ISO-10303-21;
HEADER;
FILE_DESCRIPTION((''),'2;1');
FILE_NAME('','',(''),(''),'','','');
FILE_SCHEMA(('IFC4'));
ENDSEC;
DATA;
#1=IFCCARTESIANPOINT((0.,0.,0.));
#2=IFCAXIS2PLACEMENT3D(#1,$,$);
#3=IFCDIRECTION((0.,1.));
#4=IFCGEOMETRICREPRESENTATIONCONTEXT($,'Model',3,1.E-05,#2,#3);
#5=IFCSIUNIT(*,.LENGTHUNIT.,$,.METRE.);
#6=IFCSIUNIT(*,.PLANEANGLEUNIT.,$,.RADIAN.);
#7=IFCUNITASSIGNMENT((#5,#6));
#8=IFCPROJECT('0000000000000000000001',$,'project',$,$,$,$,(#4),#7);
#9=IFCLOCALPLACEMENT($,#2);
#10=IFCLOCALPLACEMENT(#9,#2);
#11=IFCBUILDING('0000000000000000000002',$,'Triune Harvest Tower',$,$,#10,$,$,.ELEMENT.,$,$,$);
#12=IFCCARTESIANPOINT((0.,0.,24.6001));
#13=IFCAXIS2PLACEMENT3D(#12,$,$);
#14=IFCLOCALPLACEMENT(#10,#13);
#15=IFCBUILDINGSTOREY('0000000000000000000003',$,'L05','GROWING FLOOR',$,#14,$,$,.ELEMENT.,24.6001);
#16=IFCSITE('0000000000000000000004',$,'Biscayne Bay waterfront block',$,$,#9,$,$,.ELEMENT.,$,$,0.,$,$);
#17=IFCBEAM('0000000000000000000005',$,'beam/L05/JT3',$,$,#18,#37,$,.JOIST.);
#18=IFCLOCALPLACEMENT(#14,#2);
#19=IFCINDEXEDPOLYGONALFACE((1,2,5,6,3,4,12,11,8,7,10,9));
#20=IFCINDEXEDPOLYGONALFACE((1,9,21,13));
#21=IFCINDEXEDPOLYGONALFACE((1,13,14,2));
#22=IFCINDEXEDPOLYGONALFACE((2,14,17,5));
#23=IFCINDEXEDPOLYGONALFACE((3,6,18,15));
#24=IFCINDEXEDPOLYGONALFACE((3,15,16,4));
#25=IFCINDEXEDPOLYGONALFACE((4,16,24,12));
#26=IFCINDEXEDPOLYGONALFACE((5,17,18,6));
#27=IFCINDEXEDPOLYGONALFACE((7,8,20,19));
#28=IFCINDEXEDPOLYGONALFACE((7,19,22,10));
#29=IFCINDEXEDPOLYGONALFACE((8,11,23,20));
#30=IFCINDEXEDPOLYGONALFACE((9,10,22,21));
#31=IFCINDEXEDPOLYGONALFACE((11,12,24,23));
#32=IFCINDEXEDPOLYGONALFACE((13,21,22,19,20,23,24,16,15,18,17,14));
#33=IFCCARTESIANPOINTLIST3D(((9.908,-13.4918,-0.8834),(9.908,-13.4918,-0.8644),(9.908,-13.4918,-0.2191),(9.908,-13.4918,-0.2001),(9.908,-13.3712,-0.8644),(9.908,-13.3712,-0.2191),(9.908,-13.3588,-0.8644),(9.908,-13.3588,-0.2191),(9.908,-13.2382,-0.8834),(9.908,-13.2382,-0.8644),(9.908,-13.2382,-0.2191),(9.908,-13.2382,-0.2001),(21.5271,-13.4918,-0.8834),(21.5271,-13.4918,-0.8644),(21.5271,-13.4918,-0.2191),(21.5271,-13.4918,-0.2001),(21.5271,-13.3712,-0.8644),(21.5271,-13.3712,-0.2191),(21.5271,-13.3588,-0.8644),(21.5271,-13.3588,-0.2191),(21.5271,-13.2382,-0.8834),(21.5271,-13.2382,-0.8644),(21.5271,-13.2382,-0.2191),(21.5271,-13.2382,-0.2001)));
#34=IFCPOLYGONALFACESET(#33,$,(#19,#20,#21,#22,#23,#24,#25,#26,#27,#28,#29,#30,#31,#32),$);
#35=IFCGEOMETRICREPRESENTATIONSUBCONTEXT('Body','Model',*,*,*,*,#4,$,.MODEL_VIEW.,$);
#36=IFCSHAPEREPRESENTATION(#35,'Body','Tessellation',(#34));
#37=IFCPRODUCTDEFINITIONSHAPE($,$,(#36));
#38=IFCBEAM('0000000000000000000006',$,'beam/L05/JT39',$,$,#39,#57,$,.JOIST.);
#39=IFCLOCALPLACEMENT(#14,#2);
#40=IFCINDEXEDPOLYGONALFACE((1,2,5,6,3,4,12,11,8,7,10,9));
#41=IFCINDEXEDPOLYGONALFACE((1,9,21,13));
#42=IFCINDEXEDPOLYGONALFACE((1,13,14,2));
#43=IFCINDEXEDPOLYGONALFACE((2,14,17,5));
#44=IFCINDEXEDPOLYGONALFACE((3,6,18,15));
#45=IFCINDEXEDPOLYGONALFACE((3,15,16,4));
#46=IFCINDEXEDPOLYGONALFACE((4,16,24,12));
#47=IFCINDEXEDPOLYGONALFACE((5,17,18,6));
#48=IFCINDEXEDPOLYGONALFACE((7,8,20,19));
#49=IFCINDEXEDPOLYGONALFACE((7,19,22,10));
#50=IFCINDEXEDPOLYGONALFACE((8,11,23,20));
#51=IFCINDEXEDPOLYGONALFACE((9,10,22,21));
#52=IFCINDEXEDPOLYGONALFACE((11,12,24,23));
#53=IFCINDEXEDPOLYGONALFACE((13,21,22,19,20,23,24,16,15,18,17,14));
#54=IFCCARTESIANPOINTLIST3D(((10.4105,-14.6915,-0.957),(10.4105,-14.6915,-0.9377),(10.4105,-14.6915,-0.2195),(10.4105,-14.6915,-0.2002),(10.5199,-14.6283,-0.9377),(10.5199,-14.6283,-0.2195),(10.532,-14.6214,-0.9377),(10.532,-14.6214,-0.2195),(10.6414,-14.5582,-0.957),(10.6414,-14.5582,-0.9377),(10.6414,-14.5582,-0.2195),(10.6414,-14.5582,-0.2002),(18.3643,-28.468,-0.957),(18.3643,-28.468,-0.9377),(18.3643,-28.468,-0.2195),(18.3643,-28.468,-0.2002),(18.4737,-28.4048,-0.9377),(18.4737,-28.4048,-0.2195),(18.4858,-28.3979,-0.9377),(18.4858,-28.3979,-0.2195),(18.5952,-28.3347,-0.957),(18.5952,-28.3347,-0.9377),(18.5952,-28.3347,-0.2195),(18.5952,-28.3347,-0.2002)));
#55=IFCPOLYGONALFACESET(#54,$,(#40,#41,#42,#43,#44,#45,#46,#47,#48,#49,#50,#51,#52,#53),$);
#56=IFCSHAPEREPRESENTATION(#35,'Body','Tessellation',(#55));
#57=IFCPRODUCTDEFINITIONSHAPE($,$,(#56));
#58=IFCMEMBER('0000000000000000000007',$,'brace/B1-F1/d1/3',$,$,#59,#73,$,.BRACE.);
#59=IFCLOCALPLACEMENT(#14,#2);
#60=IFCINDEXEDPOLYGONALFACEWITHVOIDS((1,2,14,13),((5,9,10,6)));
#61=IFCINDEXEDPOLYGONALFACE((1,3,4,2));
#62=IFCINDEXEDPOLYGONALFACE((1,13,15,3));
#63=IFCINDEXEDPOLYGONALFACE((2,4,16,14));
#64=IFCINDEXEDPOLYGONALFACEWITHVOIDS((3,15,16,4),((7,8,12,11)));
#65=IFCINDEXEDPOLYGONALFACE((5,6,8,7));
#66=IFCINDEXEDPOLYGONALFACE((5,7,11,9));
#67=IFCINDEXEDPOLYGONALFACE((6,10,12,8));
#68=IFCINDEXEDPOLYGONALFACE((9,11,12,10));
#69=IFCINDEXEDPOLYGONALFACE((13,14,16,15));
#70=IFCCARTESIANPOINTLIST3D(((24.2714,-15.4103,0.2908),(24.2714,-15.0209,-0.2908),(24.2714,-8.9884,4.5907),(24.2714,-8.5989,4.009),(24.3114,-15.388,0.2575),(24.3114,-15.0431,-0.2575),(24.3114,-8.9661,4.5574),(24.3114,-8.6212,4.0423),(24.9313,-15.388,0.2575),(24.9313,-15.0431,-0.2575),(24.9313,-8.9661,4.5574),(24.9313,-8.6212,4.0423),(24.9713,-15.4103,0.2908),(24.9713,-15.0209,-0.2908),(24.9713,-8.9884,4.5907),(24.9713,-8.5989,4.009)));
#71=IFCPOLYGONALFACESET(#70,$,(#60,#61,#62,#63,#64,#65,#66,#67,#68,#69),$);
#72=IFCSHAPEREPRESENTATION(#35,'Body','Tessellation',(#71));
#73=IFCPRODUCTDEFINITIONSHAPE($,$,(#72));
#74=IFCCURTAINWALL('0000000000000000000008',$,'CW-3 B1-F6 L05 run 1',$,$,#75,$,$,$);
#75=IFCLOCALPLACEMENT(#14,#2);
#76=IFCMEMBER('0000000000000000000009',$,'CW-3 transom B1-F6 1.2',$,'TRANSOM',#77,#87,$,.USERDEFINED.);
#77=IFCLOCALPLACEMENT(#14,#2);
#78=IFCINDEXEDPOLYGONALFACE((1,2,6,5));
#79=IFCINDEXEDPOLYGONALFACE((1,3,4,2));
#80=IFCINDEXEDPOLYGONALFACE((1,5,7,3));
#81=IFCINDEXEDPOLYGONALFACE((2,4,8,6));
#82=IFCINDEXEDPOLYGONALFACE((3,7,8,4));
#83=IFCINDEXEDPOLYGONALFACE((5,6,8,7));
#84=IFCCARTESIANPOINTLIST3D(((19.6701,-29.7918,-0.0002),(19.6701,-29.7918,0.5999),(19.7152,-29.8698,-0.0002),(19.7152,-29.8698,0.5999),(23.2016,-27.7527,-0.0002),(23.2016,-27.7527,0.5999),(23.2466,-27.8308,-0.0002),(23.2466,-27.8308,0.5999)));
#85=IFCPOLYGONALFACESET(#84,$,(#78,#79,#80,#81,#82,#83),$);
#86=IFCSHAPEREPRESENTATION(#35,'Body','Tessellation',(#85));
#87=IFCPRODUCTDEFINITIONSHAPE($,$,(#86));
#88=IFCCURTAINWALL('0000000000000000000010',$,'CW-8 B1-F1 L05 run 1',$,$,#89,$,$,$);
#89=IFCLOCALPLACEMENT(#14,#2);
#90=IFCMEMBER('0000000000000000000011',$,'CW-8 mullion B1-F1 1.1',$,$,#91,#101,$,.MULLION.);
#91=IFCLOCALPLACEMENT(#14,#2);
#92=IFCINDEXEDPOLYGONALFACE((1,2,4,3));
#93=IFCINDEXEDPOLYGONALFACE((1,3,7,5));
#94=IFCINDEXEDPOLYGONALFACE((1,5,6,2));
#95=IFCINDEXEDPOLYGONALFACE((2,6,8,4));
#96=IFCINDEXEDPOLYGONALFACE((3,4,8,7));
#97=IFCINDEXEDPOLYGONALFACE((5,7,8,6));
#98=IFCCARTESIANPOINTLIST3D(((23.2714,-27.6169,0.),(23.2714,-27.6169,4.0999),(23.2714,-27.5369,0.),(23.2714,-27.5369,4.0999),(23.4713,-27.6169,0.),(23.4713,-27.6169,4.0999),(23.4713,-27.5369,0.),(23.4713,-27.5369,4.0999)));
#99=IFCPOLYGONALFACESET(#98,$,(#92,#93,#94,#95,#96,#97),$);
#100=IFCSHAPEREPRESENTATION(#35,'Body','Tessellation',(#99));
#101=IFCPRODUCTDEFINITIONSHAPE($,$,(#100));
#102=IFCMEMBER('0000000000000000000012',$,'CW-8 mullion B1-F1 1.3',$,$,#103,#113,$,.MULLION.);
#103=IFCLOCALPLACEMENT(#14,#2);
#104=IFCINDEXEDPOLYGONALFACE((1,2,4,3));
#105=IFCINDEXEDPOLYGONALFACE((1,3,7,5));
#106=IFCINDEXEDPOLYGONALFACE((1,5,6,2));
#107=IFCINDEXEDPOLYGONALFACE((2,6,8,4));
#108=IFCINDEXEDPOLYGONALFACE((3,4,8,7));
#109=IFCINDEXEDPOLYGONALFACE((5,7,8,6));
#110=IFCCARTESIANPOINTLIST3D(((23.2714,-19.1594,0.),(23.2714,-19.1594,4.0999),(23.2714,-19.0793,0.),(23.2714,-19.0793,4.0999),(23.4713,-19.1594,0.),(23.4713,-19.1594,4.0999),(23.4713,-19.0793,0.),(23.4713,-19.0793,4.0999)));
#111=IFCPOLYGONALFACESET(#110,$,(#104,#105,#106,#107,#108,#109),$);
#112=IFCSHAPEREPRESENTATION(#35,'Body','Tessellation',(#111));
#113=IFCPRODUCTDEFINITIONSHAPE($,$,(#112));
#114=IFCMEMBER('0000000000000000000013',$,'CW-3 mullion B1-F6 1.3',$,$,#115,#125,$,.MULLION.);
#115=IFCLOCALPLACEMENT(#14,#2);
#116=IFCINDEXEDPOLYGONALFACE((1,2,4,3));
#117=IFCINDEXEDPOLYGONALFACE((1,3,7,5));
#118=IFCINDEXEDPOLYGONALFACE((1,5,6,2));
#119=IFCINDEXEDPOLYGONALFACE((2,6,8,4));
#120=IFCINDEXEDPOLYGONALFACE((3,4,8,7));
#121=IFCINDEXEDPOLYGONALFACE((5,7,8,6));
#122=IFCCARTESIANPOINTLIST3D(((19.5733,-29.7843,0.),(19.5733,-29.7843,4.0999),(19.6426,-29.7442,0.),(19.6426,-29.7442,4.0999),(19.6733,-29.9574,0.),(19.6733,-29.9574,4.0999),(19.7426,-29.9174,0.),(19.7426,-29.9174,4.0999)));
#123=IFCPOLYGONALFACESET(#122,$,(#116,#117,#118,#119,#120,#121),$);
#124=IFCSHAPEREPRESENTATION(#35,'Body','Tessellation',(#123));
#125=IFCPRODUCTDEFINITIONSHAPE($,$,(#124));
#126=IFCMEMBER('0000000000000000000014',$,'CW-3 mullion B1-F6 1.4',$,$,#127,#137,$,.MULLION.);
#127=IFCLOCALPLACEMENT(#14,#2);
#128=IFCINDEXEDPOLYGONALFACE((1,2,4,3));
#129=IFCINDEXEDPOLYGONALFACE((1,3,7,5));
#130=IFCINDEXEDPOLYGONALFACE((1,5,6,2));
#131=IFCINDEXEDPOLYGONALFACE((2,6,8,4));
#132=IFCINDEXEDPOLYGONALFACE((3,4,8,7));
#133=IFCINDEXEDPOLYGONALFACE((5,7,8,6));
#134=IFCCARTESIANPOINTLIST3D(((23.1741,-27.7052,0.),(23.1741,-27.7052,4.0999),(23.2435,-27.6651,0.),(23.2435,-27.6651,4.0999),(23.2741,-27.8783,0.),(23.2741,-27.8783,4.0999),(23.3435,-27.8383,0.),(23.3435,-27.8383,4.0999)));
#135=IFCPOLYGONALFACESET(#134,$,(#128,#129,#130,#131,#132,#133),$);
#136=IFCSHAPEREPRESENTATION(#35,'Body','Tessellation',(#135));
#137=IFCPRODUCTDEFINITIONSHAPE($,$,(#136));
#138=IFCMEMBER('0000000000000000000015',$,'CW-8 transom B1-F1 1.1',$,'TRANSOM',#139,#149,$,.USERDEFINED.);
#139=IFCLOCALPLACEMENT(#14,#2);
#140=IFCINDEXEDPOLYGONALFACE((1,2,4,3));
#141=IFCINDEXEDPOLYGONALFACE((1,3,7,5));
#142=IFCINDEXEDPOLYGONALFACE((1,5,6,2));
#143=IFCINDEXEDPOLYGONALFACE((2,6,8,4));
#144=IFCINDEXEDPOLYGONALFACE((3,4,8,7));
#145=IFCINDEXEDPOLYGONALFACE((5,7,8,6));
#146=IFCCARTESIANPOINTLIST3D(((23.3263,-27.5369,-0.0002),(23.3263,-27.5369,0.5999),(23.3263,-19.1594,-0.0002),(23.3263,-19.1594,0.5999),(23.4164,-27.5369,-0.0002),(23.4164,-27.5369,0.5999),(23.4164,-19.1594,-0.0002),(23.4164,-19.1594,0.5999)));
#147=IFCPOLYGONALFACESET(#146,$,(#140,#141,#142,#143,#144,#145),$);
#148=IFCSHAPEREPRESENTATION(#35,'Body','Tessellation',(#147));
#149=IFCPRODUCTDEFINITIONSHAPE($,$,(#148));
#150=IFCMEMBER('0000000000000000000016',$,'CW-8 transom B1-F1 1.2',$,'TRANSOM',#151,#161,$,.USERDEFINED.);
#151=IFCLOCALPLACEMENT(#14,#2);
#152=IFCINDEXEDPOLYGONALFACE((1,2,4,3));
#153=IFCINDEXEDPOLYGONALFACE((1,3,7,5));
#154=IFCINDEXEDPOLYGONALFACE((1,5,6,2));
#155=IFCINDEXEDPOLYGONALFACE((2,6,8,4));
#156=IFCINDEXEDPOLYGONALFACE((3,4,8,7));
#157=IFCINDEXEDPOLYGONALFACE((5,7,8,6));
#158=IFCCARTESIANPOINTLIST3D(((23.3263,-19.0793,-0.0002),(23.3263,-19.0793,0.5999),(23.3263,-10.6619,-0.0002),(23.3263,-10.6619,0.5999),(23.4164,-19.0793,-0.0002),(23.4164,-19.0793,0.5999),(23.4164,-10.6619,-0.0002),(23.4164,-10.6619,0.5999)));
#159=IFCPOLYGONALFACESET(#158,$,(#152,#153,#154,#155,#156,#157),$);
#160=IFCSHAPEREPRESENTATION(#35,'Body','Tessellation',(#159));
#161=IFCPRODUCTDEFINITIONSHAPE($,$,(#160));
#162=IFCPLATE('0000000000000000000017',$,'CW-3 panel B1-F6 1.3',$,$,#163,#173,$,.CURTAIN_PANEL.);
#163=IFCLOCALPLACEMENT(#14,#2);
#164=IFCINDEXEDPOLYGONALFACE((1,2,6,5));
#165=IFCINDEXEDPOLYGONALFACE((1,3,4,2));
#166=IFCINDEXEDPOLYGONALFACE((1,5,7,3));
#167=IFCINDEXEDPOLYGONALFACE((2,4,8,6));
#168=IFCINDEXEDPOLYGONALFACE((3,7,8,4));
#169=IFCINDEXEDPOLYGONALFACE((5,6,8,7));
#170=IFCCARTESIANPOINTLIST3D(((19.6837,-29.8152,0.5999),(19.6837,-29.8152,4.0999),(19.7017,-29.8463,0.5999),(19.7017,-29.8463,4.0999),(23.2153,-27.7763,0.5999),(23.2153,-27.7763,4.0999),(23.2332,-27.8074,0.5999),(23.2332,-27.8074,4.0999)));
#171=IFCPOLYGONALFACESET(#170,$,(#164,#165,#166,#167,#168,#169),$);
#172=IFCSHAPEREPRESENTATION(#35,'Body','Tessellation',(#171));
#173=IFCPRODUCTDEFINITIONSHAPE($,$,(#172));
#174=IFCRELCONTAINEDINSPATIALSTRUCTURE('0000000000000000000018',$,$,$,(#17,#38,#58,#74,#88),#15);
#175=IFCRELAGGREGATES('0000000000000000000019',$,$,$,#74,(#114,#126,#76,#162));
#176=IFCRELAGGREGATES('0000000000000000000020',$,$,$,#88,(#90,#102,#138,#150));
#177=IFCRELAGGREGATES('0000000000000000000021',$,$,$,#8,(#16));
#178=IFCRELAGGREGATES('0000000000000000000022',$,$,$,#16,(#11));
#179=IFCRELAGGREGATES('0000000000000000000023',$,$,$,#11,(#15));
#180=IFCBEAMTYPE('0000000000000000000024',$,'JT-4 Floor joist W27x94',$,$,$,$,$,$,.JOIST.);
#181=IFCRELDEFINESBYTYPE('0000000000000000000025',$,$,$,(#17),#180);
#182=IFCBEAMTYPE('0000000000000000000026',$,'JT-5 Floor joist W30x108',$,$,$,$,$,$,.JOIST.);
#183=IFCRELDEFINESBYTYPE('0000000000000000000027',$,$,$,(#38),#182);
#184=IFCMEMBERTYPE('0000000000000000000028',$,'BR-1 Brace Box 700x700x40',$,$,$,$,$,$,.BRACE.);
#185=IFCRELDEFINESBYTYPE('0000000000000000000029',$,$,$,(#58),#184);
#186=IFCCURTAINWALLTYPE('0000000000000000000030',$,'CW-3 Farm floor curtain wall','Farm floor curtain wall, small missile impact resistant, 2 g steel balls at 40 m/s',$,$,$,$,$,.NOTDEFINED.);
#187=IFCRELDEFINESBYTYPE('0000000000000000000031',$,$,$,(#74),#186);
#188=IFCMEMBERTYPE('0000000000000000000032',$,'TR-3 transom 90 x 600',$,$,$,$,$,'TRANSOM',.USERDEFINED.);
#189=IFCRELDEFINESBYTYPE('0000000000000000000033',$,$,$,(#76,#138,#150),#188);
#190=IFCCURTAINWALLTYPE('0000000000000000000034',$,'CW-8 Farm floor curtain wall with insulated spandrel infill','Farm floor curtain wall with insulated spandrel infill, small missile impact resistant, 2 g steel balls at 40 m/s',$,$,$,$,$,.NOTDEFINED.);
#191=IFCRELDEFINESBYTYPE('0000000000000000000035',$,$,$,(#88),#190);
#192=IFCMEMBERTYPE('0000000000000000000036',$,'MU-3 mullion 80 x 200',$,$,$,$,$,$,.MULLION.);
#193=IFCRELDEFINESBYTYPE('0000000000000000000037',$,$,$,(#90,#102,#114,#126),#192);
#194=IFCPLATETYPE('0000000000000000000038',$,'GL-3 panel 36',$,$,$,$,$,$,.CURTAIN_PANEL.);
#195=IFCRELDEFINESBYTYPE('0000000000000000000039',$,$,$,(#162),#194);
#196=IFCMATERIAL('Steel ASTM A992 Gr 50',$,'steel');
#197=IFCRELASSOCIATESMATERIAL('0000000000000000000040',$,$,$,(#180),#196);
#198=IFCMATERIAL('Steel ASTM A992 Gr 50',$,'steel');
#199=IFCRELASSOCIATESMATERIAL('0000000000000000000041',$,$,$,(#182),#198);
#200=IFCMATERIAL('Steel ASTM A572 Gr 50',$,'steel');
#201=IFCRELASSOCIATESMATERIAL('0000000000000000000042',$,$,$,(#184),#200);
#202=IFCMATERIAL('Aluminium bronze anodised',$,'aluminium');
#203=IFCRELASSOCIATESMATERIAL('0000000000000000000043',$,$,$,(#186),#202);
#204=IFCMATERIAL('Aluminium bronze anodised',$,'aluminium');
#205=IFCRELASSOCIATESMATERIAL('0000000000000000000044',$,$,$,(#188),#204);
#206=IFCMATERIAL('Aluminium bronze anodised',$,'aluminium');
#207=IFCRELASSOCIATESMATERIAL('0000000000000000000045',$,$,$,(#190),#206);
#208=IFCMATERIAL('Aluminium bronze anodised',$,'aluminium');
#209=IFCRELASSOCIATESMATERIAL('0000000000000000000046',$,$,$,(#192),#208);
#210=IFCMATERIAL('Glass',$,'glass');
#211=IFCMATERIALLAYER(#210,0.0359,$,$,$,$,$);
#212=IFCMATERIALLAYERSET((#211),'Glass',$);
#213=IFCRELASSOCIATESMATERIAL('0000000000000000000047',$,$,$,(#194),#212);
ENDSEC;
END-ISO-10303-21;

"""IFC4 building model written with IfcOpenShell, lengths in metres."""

from ifc_helpers import new_model, si_unit, direction, frame, origin, origin_2d, place, context, subcontext, project, spatial, rectangle, hollow_rectangle, i_section, extrude, source, transform, mapped, material, layer, layer_set, material_profile, profile_set, type_object, element, aggregate, save


model = new_model("IFC4")

# Units and contexts
model_context = context("Model", 3, precision=1e-05, world=origin(), true_north=direction((0.0, 1.0)))
body_context = subcontext(model_context, "Body", "Model", "MODEL_VIEW")
ifc_project = project(units=[si_unit("LENGTHUNIT", "METRE"), si_unit("PLANEANGLEUNIT", "RADIAN")], contexts=[model_context])

# Site, building, storey
site_placement = place(None, origin())
site = spatial("IfcSite", under=ifc_project, at=site_placement, Name="Biscayne Bay waterfront block", CompositionType="ELEMENT", RefElevation=0.0)
building_placement = place(site_placement, origin())
building = spatial("IfcBuilding", under=site, at=building_placement, Name="Triune Harvest Tower", CompositionType="ELEMENT")
storey_placement = place(building_placement, frame((0.0, 0.0, 24.6001)))
storey = spatial("IfcBuildingStorey", under=building, at=storey_placement, Name="L05", Description="GROWING FLOOR", CompositionType="ELEMENT", Elevation=24.6001)

# Beams
ifc_material_1 = material(Name="Steel ASTM A992 Gr 50", Category="steel")
ifc_material_profile_1 = material_profile(ifc_material_1, i_section(OverallWidth=0.2537, OverallDepth=0.6833, WebThickness=0.0125, FlangeThickness=0.019, at=origin_2d()), Name="W27x94")
ifc_profile_set_1 = profile_set([ifc_material_profile_1], Name="Steel ASTM A992 Gr 50")
beam_type_1 = type_object("IfcBeamType", Name="JT-4 Floor joist W27x94", PredefinedType="JOIST", material=ifc_profile_set_1)
shared_shape_1 = source(origin(), body_context, "Body", "SweptSolid", [
    extrude(i_section(OverallWidth=0.2537, OverallDepth=0.6833, WebThickness=0.0125, FlangeThickness=0.019, at=origin_2d()), origin(), (0.0, 0.0, 1.0), 11.6191),
])
beam_1_placement = place(storey_placement, frame((21.5271, -13.365, -0.5417), z_axis=(-1.0, 0.0, 0.0), x_axis=(0.0, -1.0, 0.0)))
element("IfcBeam", 1, at=beam_1_placement, inside=storey, type_object=beam_type_1, Name="beam/L05/JT3", PredefinedType="JOIST", context=body_context, shape_type="MappedRepresentation", body=[
    mapped(shared_shape_1, transform((0.0, 0.0, 0.0), scale=1.0)),
])
ifc_material_2 = material(Name="Steel ASTM A992 Gr 50", Category="steel")
ifc_material_profile_2 = material_profile(ifc_material_2, i_section(OverallWidth=0.2666, OverallDepth=0.7568, WebThickness=0.0139, FlangeThickness=0.0193, at=origin_2d()), Name="W30x108")
ifc_profile_set_2 = profile_set([ifc_material_profile_2], Name="Steel ASTM A992 Gr 50")
beam_type_2 = type_object("IfcBeamType", Name="JT-5 Floor joist W30x108", PredefinedType="JOIST", material=ifc_profile_set_2)
shared_shape_2 = source(origin(), body_context, "Body", "SweptSolid", [
    extrude(i_section(OverallWidth=0.2666, OverallDepth=0.7568, WebThickness=0.0139, FlangeThickness=0.0193, at=origin_2d()), origin(), (0.0, 0.0, 1.0), 15.9077),
])
beam_2_placement = place(storey_placement, frame((18.4797, -28.4014, -0.5786), z_axis=(-0.499997, 0.866027, 0.0), x_axis=(-0.866027, -0.499997, 0.0)))
element("IfcBeam", 2, at=beam_2_placement, inside=storey, type_object=beam_type_2, Name="beam/L05/JT39", PredefinedType="JOIST", context=body_context, shape_type="MappedRepresentation", body=[
    mapped(shared_shape_2, transform((0.0, 0.0, 0.0), scale=1.0)),
])

# Member
ifc_material_3 = material(Name="Steel ASTM A572 Gr 50", Category="steel")
ifc_material_profile_3 = material_profile(ifc_material_3, hollow_rectangle(XDim=0.7, YDim=0.7, WallThickness=0.04, at=origin_2d()), Name="Box 700x700x40")
ifc_profile_set_3 = profile_set([ifc_material_profile_3], Name="Steel ASTM A572 Gr 50")
member_type_1 = type_object("IfcMemberType", Name="BR-1 Brace Box 700x700x40", PredefinedType="BRACE", material=ifc_profile_set_3)
shared_shape_3 = source(origin(), body_context, "Body", "SweptSolid", [
    extrude(hollow_rectangle(XDim=0.7, YDim=0.7, WallThickness=0.04, at=origin_2d()), origin(), (0.0, 0.0, 1.0), 7.7285),
])
member_1_placement = place(storey_placement, frame((24.6213, -15.2156, 0.0), z_axis=(0.0, 0.830941, 0.556361), x_axis=(-1.0, 0.0, 0.0)))
element("IfcMember", 3, at=member_1_placement, inside=storey, type_object=member_type_1, Name="brace/B1-F1/d1/3", PredefinedType="BRACE", context=body_context, shape_type="MappedRepresentation", body=[
    mapped(shared_shape_3, transform((0.0, 0.0, 0.0), scale=1.0)),
])

# Curtain wall, member
ifc_material_4 = material(Name="Aluminium bronze anodised", Category="aluminium")
curtain_wall_type_1 = type_object("IfcCurtainWallType", Name="CW-3 Farm floor curtain wall", Description="Farm floor curtain wall, small missile impact resistant, 2 g steel balls at 40 m/s", PredefinedType="NOTDEFINED", material=ifc_material_4)
curtain_wall_1_placement = place(storey_placement, origin())
curtain_wall_1 = element("IfcCurtainWall", 4, at=curtain_wall_1_placement, inside=storey, type_object=curtain_wall_type_1, Name="CW-3 B1-F6 L05 run 1")
ifc_material_5 = material(Name="Aluminium bronze anodised", Category="aluminium")
ifc_material_profile_4 = material_profile(ifc_material_5, rectangle(XDim=0.0901, YDim=0.6001, at=origin_2d()), Name="TR-3 transom 90 x 600")
ifc_profile_set_4 = profile_set([ifc_material_profile_4], Name="Aluminium bronze anodised")
member_type_2 = type_object("IfcMemberType", Name="TR-3 transom 90 x 600", ElementType="TRANSOM", PredefinedType="USERDEFINED", material=ifc_profile_set_4)
shared_shape_4 = source(origin(), body_context, "Body", "SweptSolid", [
    extrude(rectangle(XDim=0.0901, YDim=0.6001, at=origin_2d()), origin(), (0.0, 0.0, 1.0), 4.0779),
])
member_2_placement = place(storey_placement, frame((19.6926, -29.8308, 0.2998), z_axis=(0.866009, 0.500028, 0.0), x_axis=(-0.500028, 0.866009, 0.0)))
member_2 = element("IfcMember", 5, at=member_2_placement, type_object=member_type_2, Name="CW-3 transom B1-F6 1.2", ObjectType="TRANSOM", PredefinedType="USERDEFINED", context=body_context, shape_type="MappedRepresentation", body=[
    mapped(shared_shape_4, transform((0.0, 0.0, 0.0), scale=1.0)),
])

# Curtain wall, members
ifc_material_6 = material(Name="Aluminium bronze anodised", Category="aluminium")
curtain_wall_type_2 = type_object("IfcCurtainWallType", Name="CW-8 Farm floor curtain wall with insulated spandrel infill", Description="Farm floor curtain wall with insulated spandrel infill, small missile impact resistant, 2 g steel balls at 40 m/s", PredefinedType="NOTDEFINED", material=ifc_material_6)
curtain_wall_2_placement = place(storey_placement, origin())
curtain_wall_2 = element("IfcCurtainWall", 6, at=curtain_wall_2_placement, inside=storey, type_object=curtain_wall_type_2, Name="CW-8 B1-F1 L05 run 1")
ifc_material_7 = material(Name="Aluminium bronze anodised", Category="aluminium")
ifc_material_profile_5 = material_profile(ifc_material_7, rectangle(XDim=0.2, YDim=0.0801, at=origin_2d()), Name="MU-3 mullion 80 x 200")
ifc_profile_set_5 = profile_set([ifc_material_profile_5], Name="Aluminium bronze anodised")
member_type_3 = type_object("IfcMemberType", Name="MU-3 mullion 80 x 200", PredefinedType="MULLION", material=ifc_profile_set_5)
shared_shape_5 = source(origin(), body_context, "Body", "SweptSolid", [
    extrude(rectangle(XDim=0.2, YDim=0.0801, at=origin_2d()), origin(), (0.0, 0.0, 1.0), 4.0999),
])
member_3_placement = place(storey_placement, frame((23.3713, -27.5769, 0.0), z_axis=(0.0, 0.0, 1.0), x_axis=(-1.0, 0.0, 0.0)))
member_3 = element("IfcMember", 7, at=member_3_placement, type_object=member_type_3, Name="CW-8 mullion B1-F1 1.1", PredefinedType="MULLION", context=body_context, shape_type="MappedRepresentation", body=[
    mapped(shared_shape_5, transform((0.0, 0.0, 0.0), scale=1.0)),
])
member_4_placement = place(storey_placement, frame((23.3713, -19.1194, 0.0), z_axis=(0.0, 0.0, 1.0), x_axis=(-1.0, 0.0, 0.0)))
member_4 = element("IfcMember", 8, at=member_4_placement, type_object=member_type_3, Name="CW-8 mullion B1-F1 1.3", PredefinedType="MULLION", context=body_context, shape_type="MappedRepresentation", body=[
    mapped(shared_shape_5, transform((0.0, 0.0, 0.0), scale=1.0)),
])

# Members
member_5_placement = place(storey_placement, frame((19.658, -29.8508, 0.0), z_axis=(0.0, 0.0, 1.0), x_axis=(-0.499999, 0.866026, 0.0)))
member_5 = element("IfcMember", 9, at=member_5_placement, type_object=member_type_3, Name="CW-3 mullion B1-F6 1.3", PredefinedType="MULLION", context=body_context, shape_type="MappedRepresentation", body=[
    mapped(shared_shape_5, transform((0.0, 0.0, 0.0), scale=1.0)),
])
member_6_placement = place(storey_placement, frame((23.2588, -27.7717, 0.0), z_axis=(0.0, 0.0, 1.0), x_axis=(-0.499999, 0.866026, 0.0)))
member_6 = element("IfcMember", 10, at=member_6_placement, type_object=member_type_3, Name="CW-3 mullion B1-F6 1.4", PredefinedType="MULLION", context=body_context, shape_type="MappedRepresentation", body=[
    mapped(shared_shape_5, transform((0.0, 0.0, 0.0), scale=1.0)),
])
shared_shape_6 = source(origin(), body_context, "Body", "SweptSolid", [
    extrude(rectangle(XDim=0.0901, YDim=0.6001, at=origin_2d()), origin(), (0.0, 0.0, 1.0), 8.3774),
])
member_7_placement = place(storey_placement, frame((23.3713, -27.5369, 0.2998), z_axis=(0.0, 1.0, 0.0), x_axis=(-1.0, 0.0, 0.0)))
member_7 = element("IfcMember", 11, at=member_7_placement, type_object=member_type_2, Name="CW-8 transom B1-F1 1.1", ObjectType="TRANSOM", PredefinedType="USERDEFINED", context=body_context, shape_type="MappedRepresentation", body=[
    mapped(shared_shape_6, transform((0.0, 0.0, 0.0), scale=1.0)),
])
shared_shape_7 = source(origin(), body_context, "Body", "SweptSolid", [
    extrude(rectangle(XDim=0.0901, YDim=0.6001, at=origin_2d()), origin(), (0.0, 0.0, 1.0), 8.4175),
])
member_8_placement = place(storey_placement, frame((23.3713, -19.0793, 0.2998), z_axis=(0.0, 1.0, 0.0), x_axis=(-1.0, 0.0, 0.0)))
member_8 = element("IfcMember", 12, at=member_8_placement, type_object=member_type_2, Name="CW-8 transom B1-F1 1.2", ObjectType="TRANSOM", PredefinedType="USERDEFINED", context=body_context, shape_type="MappedRepresentation", body=[
    mapped(shared_shape_7, transform((0.0, 0.0, 0.0), scale=1.0)),
])

# Plate
ifc_material_8 = material(Name="Glass", Category="glass")
ifc_layer_1 = layer(ifc_material_8, 0.0359)
ifc_layer_set_1 = layer_set([ifc_layer_1], Name="Glass")
plate_type_1 = type_object("IfcPlateType", Name="GL-3 panel 36", PredefinedType="CURTAIN_PANEL", material=ifc_layer_set_1)
shared_shape_8 = source(origin(), body_context, "Body", "SweptSolid", [
    extrude(rectangle(XDim=4.0779, YDim=0.0359, at=origin_2d()), origin(), (0.0, 0.0, 1.0), 3.5),
])
plate_1_placement = place(storey_placement, frame((21.4585, -28.8113, 0.5999), z_axis=(0.0, 0.0, 1.0), x_axis=(0.866026, 0.499999, 0.0)))
plate_1 = element("IfcPlate", 13, at=plate_1_placement, type_object=plate_type_1, Name="CW-3 panel B1-F6 1.3", PredefinedType="CURTAIN_PANEL", context=body_context, shape_type="MappedRepresentation", body=[
    mapped(shared_shape_8, transform((0.0, 0.0, 0.0), scale=1.0)),
])
aggregate(curtain_wall_1, [member_5, member_6, member_2, plate_1])
aggregate(curtain_wall_2, [member_3, member_4, member_7, member_8])

save(model, "model.ifc")
